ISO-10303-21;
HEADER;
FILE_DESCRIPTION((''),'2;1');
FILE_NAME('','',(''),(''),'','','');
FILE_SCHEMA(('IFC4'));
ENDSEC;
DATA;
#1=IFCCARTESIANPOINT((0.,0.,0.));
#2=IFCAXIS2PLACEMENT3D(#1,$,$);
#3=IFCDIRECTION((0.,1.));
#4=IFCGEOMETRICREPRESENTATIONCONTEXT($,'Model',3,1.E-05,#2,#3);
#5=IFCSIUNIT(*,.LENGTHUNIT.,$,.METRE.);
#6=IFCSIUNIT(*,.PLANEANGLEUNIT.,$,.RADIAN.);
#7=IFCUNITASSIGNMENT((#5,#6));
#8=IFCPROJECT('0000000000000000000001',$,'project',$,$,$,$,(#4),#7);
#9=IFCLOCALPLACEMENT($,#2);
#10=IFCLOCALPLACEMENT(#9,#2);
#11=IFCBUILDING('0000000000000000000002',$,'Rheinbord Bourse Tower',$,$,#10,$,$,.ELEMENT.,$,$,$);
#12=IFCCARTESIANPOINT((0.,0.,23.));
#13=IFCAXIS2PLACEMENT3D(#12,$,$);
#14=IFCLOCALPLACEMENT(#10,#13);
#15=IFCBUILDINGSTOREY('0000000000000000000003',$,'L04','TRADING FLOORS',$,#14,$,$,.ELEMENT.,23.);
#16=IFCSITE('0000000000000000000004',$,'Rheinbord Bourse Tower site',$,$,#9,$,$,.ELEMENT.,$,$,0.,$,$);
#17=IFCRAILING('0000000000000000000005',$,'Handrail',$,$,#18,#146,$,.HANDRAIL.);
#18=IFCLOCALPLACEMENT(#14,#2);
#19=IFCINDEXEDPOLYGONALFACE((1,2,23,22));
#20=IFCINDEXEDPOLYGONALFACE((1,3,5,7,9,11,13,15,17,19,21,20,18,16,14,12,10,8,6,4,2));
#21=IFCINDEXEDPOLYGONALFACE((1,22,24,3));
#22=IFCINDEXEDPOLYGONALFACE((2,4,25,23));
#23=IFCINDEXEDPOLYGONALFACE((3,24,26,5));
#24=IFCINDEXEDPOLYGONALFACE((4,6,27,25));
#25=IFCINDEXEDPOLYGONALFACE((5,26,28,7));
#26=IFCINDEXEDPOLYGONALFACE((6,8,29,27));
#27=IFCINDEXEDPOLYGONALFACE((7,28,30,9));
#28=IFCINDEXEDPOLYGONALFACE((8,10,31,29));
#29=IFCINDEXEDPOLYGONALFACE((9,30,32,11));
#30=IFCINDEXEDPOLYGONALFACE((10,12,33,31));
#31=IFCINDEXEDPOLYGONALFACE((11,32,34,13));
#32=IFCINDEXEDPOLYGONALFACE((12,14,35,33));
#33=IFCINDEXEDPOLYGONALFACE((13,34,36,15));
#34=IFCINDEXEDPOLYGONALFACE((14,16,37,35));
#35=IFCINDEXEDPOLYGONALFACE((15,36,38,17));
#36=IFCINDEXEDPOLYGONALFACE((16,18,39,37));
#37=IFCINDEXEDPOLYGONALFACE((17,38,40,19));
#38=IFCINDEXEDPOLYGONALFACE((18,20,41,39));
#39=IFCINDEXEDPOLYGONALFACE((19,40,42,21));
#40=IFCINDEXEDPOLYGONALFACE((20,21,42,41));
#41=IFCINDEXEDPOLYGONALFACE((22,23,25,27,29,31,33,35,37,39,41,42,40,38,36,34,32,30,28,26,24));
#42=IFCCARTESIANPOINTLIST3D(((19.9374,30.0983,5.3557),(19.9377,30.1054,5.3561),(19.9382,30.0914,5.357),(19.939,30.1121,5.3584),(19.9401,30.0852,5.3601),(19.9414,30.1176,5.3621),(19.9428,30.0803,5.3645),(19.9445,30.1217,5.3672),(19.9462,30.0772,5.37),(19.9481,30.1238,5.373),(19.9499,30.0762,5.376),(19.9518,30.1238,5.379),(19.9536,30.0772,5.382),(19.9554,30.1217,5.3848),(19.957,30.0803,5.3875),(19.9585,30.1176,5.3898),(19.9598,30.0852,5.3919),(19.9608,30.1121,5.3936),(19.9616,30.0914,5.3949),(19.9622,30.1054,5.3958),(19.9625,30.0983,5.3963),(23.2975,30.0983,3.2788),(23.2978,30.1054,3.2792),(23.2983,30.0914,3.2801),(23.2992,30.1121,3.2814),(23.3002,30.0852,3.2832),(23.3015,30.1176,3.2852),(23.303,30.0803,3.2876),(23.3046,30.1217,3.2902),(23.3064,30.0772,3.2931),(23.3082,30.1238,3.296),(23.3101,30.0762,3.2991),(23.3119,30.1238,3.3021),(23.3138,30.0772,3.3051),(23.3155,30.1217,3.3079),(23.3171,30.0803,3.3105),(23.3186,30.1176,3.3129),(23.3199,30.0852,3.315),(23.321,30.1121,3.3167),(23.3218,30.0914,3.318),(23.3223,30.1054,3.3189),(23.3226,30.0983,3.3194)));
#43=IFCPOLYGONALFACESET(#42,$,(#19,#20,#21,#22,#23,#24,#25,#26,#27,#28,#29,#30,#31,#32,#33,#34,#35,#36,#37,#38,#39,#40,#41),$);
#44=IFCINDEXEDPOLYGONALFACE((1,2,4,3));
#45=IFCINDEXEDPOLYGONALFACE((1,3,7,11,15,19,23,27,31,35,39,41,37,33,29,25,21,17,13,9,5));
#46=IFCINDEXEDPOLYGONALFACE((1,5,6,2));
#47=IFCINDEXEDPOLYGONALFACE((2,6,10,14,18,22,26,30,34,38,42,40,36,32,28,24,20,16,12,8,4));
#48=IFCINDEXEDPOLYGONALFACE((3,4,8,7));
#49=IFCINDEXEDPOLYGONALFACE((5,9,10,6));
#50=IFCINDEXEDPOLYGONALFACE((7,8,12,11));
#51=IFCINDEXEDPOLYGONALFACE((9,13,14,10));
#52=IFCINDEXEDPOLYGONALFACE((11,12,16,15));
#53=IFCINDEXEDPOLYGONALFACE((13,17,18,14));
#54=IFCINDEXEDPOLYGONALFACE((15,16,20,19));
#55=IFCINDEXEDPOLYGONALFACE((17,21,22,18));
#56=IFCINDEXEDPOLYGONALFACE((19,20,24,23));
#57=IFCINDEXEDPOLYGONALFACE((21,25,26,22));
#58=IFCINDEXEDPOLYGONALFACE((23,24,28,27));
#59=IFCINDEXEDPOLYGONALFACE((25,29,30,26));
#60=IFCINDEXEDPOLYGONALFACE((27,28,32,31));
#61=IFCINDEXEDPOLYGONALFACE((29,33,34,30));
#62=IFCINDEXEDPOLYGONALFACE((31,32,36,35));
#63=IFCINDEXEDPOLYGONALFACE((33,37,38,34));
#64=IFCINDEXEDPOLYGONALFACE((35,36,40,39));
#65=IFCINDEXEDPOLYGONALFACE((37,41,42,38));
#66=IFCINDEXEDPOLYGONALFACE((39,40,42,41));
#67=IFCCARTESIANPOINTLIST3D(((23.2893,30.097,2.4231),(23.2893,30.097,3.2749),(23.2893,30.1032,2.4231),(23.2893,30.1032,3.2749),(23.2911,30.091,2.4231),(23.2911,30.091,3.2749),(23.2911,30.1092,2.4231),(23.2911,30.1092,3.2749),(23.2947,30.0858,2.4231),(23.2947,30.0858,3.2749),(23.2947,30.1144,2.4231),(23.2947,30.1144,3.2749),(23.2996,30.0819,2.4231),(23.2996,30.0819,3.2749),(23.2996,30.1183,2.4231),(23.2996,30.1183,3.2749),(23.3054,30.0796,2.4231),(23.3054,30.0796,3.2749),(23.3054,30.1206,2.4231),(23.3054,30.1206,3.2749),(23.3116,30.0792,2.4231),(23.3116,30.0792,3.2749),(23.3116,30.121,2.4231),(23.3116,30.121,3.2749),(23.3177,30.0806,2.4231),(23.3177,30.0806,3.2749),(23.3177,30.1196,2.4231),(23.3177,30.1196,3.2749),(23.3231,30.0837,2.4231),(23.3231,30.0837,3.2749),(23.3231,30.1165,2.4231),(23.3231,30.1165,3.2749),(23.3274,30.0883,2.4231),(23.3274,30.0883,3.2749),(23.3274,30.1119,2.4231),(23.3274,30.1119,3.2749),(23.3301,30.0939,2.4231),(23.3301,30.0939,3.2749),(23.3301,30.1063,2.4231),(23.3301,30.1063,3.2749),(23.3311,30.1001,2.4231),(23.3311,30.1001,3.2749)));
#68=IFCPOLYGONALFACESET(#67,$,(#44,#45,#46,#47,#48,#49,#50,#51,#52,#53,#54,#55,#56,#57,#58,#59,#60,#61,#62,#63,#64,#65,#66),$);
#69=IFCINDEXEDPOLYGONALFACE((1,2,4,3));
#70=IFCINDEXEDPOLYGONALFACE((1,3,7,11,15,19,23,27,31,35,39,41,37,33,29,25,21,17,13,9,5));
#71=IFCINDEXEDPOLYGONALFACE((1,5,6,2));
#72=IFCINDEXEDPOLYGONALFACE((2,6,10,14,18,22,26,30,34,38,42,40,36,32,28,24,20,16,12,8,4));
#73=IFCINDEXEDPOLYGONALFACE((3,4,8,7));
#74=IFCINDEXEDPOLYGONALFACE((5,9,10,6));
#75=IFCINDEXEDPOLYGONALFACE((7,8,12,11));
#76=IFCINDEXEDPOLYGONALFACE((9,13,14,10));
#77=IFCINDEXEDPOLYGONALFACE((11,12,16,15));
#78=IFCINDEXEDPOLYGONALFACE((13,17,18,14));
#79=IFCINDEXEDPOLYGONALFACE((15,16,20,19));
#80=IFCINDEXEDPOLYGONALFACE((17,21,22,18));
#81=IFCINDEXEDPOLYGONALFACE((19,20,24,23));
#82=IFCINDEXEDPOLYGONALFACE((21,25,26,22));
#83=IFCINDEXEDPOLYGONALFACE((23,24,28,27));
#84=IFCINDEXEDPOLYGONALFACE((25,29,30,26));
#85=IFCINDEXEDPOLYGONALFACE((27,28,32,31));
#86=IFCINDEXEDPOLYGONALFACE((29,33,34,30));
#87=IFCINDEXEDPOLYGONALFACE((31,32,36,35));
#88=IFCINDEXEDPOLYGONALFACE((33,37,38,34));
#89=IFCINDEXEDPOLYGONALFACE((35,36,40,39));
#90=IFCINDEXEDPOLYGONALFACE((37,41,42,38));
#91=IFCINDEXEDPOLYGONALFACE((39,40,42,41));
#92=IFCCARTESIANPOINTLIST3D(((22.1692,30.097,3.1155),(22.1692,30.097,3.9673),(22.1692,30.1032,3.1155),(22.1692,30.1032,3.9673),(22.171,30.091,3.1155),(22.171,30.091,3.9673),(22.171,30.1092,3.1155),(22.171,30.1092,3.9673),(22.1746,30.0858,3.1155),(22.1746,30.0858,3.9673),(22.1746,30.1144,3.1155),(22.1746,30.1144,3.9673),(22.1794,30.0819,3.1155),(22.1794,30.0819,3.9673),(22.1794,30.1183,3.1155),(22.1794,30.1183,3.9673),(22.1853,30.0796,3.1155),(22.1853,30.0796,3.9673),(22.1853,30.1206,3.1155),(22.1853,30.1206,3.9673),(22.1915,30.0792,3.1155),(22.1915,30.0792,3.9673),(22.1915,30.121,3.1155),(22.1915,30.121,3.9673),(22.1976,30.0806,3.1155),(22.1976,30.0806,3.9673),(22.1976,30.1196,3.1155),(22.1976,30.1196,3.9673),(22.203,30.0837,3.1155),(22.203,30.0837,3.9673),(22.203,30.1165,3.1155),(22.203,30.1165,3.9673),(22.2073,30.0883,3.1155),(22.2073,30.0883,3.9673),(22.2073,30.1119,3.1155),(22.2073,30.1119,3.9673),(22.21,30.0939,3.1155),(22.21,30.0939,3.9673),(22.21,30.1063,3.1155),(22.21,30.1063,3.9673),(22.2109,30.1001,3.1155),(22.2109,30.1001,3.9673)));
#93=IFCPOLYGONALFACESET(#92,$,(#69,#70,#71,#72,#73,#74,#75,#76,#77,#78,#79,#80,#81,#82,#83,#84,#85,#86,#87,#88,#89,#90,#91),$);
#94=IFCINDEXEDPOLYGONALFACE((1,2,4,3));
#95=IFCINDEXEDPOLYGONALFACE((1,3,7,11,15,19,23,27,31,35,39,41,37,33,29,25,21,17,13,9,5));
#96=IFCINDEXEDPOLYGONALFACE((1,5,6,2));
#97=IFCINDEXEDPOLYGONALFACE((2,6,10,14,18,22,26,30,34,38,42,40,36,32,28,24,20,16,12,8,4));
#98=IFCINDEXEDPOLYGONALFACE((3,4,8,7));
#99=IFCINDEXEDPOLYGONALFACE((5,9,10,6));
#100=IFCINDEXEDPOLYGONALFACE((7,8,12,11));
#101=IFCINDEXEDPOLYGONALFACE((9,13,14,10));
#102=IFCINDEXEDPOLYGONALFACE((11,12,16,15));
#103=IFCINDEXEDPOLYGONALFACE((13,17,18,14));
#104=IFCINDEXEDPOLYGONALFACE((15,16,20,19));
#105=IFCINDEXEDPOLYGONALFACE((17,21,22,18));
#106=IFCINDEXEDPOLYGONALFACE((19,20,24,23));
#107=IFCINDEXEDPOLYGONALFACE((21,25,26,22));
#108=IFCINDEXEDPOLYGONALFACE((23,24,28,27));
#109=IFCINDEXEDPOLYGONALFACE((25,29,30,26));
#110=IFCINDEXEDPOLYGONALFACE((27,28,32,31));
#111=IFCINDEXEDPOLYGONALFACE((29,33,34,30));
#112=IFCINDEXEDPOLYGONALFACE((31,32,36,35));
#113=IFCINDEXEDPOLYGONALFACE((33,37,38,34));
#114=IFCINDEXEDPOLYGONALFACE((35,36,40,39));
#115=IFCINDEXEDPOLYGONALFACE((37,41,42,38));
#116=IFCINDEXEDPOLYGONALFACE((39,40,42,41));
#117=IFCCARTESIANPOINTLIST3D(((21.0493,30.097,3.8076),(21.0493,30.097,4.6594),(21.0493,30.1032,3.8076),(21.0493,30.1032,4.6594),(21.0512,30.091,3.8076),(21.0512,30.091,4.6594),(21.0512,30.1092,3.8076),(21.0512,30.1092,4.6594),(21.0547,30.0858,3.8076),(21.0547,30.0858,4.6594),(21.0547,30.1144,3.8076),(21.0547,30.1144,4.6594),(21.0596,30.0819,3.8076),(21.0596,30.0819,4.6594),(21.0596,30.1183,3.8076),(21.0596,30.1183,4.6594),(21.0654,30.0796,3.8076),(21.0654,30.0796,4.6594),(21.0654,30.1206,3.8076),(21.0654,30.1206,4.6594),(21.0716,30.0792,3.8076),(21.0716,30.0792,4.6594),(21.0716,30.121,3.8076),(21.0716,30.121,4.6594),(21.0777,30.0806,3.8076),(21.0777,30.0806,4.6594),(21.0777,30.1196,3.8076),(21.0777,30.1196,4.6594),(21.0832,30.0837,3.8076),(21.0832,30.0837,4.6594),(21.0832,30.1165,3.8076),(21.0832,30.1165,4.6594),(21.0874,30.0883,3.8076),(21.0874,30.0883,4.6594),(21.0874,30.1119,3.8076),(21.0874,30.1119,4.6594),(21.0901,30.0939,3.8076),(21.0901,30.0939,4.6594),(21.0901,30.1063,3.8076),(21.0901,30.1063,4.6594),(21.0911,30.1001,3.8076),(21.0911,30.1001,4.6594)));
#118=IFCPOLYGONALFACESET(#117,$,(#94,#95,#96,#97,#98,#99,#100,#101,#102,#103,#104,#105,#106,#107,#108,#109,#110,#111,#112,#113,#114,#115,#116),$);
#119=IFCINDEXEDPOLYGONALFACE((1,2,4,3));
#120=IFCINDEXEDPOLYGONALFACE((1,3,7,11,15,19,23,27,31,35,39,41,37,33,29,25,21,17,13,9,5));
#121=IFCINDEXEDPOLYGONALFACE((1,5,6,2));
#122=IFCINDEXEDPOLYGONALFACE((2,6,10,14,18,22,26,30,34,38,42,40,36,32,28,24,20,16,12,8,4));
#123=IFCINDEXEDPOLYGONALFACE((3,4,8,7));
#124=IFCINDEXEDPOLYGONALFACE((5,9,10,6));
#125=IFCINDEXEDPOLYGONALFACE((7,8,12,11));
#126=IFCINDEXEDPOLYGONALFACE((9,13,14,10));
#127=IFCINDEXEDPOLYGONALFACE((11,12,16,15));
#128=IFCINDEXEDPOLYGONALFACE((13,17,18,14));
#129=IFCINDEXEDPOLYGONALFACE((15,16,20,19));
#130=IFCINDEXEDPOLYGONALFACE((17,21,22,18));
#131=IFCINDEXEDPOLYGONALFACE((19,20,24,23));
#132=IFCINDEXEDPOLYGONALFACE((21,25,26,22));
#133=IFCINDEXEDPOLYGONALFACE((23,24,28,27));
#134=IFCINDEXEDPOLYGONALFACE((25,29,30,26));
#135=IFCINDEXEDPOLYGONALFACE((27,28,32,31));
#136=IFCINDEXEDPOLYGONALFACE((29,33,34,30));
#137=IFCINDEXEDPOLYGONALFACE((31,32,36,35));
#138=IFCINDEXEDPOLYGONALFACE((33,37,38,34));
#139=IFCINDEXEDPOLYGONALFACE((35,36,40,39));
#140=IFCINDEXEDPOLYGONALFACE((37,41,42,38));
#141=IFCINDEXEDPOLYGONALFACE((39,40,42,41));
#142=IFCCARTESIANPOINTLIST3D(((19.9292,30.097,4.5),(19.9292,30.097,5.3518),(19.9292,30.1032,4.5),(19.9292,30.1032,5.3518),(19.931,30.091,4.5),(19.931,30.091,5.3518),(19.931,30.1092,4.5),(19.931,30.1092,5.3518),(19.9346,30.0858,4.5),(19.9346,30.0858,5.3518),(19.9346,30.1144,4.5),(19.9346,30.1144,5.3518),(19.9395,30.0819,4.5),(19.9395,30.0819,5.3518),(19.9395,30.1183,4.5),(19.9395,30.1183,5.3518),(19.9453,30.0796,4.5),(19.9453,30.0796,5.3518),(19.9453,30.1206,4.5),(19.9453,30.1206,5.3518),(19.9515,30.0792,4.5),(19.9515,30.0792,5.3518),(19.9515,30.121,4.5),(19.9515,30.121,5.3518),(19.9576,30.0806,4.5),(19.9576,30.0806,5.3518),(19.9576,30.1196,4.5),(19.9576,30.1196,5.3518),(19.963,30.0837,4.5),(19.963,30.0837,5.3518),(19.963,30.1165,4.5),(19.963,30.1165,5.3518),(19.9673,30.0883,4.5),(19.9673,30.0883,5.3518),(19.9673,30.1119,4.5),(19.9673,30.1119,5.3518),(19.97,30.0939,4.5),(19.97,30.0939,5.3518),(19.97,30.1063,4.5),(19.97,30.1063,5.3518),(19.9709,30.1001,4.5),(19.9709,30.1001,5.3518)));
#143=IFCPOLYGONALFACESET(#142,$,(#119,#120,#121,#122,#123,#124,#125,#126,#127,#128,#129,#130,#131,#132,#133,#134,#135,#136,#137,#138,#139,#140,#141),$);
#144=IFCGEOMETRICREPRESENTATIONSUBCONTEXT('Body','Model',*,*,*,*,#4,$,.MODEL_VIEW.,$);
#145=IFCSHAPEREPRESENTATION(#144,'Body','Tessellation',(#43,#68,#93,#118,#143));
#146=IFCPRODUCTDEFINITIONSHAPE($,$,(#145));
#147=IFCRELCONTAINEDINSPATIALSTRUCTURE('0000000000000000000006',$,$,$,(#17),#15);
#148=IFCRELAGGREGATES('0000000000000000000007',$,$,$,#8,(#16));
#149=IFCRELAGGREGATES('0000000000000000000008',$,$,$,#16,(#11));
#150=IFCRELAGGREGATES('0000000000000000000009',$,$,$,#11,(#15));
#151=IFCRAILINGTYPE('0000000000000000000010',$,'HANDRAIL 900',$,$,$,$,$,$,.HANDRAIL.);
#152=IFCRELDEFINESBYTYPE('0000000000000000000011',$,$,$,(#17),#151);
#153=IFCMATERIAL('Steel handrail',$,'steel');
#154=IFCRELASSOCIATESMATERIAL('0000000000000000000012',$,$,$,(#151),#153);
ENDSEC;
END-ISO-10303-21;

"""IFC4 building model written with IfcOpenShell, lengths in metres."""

from ifc_helpers import new_model, si_unit, direction, frame, origin, origin_2d, place, context, subcontext, project, spatial, circle, extrude, material, type_object, element, save


model = new_model("IFC4")

# Units and contexts
model_context = context("Model", 3, precision=1e-05, world=origin(), true_north=direction((0.0, 1.0)))
body_context = subcontext(model_context, "Body", "Model", "MODEL_VIEW")
ifc_project = project(units=[si_unit("LENGTHUNIT", "METRE"), si_unit("PLANEANGLEUNIT", "RADIAN")], contexts=[model_context])

# Site, building, storey
site_placement = place(None, origin())
site = spatial("IfcSite", under=ifc_project, at=site_placement, Name="Rheinbord Bourse Tower site", CompositionType="ELEMENT", RefElevation=0.0)
building_placement = place(site_placement, origin())
building = spatial("IfcBuilding", under=site, at=building_placement, Name="Rheinbord Bourse Tower", CompositionType="ELEMENT")
storey_placement = place(building_placement, frame((0.0, 0.0, 23.0)))
storey = spatial("IfcBuildingStorey", under=building, at=storey_placement, Name="L04", Description="TRADING FLOORS", CompositionType="ELEMENT", Elevation=23.0)

# Railing
ifc_material_1 = material(Name="Steel handrail", Category="steel")
railing_type = type_object("IfcRailingType", Name="HANDRAIL 900", PredefinedType="HANDRAIL", material=ifc_material_1)
railing_1_placement = place(storey_placement, frame((23.3101, 30.1001, 2.4231)))
element("IfcRailing", 1, at=railing_1_placement, inside=storey, type_object=railing_type, Name="Handrail", PredefinedType="HANDRAIL", context=body_context, shape_type="SweptSolid", body=[
    extrude(circle(Radius=0.0239, at=origin_2d()), frame((0.0, 0.0, 0.876), z_axis=(-0.850623, 0.0, 0.525776), x_axis=(0.0, -1.0, 0.0)), (0.0, 0.0, 1.0), 3.9502),
    extrude(circle(Radius=0.021, at=origin_2d()), origin(), (0.0, 0.0, 1.0), 0.8518),
    extrude(circle(Radius=0.021, at=origin_2d()), frame((-1.1201, 0.0, 0.6924)), (0.0, 0.0, 1.0), 0.8518),
    extrude(circle(Radius=0.021, at=origin_2d()), frame((-2.24, 0.0, 1.3845)), (0.0, 0.0, 1.0), 0.8518),
    extrude(circle(Radius=0.021, at=origin_2d()), frame((-3.3601, 0.0, 2.0769)), (0.0, 0.0, 1.0), 0.8518),
])

save(model, "model.ifc")
